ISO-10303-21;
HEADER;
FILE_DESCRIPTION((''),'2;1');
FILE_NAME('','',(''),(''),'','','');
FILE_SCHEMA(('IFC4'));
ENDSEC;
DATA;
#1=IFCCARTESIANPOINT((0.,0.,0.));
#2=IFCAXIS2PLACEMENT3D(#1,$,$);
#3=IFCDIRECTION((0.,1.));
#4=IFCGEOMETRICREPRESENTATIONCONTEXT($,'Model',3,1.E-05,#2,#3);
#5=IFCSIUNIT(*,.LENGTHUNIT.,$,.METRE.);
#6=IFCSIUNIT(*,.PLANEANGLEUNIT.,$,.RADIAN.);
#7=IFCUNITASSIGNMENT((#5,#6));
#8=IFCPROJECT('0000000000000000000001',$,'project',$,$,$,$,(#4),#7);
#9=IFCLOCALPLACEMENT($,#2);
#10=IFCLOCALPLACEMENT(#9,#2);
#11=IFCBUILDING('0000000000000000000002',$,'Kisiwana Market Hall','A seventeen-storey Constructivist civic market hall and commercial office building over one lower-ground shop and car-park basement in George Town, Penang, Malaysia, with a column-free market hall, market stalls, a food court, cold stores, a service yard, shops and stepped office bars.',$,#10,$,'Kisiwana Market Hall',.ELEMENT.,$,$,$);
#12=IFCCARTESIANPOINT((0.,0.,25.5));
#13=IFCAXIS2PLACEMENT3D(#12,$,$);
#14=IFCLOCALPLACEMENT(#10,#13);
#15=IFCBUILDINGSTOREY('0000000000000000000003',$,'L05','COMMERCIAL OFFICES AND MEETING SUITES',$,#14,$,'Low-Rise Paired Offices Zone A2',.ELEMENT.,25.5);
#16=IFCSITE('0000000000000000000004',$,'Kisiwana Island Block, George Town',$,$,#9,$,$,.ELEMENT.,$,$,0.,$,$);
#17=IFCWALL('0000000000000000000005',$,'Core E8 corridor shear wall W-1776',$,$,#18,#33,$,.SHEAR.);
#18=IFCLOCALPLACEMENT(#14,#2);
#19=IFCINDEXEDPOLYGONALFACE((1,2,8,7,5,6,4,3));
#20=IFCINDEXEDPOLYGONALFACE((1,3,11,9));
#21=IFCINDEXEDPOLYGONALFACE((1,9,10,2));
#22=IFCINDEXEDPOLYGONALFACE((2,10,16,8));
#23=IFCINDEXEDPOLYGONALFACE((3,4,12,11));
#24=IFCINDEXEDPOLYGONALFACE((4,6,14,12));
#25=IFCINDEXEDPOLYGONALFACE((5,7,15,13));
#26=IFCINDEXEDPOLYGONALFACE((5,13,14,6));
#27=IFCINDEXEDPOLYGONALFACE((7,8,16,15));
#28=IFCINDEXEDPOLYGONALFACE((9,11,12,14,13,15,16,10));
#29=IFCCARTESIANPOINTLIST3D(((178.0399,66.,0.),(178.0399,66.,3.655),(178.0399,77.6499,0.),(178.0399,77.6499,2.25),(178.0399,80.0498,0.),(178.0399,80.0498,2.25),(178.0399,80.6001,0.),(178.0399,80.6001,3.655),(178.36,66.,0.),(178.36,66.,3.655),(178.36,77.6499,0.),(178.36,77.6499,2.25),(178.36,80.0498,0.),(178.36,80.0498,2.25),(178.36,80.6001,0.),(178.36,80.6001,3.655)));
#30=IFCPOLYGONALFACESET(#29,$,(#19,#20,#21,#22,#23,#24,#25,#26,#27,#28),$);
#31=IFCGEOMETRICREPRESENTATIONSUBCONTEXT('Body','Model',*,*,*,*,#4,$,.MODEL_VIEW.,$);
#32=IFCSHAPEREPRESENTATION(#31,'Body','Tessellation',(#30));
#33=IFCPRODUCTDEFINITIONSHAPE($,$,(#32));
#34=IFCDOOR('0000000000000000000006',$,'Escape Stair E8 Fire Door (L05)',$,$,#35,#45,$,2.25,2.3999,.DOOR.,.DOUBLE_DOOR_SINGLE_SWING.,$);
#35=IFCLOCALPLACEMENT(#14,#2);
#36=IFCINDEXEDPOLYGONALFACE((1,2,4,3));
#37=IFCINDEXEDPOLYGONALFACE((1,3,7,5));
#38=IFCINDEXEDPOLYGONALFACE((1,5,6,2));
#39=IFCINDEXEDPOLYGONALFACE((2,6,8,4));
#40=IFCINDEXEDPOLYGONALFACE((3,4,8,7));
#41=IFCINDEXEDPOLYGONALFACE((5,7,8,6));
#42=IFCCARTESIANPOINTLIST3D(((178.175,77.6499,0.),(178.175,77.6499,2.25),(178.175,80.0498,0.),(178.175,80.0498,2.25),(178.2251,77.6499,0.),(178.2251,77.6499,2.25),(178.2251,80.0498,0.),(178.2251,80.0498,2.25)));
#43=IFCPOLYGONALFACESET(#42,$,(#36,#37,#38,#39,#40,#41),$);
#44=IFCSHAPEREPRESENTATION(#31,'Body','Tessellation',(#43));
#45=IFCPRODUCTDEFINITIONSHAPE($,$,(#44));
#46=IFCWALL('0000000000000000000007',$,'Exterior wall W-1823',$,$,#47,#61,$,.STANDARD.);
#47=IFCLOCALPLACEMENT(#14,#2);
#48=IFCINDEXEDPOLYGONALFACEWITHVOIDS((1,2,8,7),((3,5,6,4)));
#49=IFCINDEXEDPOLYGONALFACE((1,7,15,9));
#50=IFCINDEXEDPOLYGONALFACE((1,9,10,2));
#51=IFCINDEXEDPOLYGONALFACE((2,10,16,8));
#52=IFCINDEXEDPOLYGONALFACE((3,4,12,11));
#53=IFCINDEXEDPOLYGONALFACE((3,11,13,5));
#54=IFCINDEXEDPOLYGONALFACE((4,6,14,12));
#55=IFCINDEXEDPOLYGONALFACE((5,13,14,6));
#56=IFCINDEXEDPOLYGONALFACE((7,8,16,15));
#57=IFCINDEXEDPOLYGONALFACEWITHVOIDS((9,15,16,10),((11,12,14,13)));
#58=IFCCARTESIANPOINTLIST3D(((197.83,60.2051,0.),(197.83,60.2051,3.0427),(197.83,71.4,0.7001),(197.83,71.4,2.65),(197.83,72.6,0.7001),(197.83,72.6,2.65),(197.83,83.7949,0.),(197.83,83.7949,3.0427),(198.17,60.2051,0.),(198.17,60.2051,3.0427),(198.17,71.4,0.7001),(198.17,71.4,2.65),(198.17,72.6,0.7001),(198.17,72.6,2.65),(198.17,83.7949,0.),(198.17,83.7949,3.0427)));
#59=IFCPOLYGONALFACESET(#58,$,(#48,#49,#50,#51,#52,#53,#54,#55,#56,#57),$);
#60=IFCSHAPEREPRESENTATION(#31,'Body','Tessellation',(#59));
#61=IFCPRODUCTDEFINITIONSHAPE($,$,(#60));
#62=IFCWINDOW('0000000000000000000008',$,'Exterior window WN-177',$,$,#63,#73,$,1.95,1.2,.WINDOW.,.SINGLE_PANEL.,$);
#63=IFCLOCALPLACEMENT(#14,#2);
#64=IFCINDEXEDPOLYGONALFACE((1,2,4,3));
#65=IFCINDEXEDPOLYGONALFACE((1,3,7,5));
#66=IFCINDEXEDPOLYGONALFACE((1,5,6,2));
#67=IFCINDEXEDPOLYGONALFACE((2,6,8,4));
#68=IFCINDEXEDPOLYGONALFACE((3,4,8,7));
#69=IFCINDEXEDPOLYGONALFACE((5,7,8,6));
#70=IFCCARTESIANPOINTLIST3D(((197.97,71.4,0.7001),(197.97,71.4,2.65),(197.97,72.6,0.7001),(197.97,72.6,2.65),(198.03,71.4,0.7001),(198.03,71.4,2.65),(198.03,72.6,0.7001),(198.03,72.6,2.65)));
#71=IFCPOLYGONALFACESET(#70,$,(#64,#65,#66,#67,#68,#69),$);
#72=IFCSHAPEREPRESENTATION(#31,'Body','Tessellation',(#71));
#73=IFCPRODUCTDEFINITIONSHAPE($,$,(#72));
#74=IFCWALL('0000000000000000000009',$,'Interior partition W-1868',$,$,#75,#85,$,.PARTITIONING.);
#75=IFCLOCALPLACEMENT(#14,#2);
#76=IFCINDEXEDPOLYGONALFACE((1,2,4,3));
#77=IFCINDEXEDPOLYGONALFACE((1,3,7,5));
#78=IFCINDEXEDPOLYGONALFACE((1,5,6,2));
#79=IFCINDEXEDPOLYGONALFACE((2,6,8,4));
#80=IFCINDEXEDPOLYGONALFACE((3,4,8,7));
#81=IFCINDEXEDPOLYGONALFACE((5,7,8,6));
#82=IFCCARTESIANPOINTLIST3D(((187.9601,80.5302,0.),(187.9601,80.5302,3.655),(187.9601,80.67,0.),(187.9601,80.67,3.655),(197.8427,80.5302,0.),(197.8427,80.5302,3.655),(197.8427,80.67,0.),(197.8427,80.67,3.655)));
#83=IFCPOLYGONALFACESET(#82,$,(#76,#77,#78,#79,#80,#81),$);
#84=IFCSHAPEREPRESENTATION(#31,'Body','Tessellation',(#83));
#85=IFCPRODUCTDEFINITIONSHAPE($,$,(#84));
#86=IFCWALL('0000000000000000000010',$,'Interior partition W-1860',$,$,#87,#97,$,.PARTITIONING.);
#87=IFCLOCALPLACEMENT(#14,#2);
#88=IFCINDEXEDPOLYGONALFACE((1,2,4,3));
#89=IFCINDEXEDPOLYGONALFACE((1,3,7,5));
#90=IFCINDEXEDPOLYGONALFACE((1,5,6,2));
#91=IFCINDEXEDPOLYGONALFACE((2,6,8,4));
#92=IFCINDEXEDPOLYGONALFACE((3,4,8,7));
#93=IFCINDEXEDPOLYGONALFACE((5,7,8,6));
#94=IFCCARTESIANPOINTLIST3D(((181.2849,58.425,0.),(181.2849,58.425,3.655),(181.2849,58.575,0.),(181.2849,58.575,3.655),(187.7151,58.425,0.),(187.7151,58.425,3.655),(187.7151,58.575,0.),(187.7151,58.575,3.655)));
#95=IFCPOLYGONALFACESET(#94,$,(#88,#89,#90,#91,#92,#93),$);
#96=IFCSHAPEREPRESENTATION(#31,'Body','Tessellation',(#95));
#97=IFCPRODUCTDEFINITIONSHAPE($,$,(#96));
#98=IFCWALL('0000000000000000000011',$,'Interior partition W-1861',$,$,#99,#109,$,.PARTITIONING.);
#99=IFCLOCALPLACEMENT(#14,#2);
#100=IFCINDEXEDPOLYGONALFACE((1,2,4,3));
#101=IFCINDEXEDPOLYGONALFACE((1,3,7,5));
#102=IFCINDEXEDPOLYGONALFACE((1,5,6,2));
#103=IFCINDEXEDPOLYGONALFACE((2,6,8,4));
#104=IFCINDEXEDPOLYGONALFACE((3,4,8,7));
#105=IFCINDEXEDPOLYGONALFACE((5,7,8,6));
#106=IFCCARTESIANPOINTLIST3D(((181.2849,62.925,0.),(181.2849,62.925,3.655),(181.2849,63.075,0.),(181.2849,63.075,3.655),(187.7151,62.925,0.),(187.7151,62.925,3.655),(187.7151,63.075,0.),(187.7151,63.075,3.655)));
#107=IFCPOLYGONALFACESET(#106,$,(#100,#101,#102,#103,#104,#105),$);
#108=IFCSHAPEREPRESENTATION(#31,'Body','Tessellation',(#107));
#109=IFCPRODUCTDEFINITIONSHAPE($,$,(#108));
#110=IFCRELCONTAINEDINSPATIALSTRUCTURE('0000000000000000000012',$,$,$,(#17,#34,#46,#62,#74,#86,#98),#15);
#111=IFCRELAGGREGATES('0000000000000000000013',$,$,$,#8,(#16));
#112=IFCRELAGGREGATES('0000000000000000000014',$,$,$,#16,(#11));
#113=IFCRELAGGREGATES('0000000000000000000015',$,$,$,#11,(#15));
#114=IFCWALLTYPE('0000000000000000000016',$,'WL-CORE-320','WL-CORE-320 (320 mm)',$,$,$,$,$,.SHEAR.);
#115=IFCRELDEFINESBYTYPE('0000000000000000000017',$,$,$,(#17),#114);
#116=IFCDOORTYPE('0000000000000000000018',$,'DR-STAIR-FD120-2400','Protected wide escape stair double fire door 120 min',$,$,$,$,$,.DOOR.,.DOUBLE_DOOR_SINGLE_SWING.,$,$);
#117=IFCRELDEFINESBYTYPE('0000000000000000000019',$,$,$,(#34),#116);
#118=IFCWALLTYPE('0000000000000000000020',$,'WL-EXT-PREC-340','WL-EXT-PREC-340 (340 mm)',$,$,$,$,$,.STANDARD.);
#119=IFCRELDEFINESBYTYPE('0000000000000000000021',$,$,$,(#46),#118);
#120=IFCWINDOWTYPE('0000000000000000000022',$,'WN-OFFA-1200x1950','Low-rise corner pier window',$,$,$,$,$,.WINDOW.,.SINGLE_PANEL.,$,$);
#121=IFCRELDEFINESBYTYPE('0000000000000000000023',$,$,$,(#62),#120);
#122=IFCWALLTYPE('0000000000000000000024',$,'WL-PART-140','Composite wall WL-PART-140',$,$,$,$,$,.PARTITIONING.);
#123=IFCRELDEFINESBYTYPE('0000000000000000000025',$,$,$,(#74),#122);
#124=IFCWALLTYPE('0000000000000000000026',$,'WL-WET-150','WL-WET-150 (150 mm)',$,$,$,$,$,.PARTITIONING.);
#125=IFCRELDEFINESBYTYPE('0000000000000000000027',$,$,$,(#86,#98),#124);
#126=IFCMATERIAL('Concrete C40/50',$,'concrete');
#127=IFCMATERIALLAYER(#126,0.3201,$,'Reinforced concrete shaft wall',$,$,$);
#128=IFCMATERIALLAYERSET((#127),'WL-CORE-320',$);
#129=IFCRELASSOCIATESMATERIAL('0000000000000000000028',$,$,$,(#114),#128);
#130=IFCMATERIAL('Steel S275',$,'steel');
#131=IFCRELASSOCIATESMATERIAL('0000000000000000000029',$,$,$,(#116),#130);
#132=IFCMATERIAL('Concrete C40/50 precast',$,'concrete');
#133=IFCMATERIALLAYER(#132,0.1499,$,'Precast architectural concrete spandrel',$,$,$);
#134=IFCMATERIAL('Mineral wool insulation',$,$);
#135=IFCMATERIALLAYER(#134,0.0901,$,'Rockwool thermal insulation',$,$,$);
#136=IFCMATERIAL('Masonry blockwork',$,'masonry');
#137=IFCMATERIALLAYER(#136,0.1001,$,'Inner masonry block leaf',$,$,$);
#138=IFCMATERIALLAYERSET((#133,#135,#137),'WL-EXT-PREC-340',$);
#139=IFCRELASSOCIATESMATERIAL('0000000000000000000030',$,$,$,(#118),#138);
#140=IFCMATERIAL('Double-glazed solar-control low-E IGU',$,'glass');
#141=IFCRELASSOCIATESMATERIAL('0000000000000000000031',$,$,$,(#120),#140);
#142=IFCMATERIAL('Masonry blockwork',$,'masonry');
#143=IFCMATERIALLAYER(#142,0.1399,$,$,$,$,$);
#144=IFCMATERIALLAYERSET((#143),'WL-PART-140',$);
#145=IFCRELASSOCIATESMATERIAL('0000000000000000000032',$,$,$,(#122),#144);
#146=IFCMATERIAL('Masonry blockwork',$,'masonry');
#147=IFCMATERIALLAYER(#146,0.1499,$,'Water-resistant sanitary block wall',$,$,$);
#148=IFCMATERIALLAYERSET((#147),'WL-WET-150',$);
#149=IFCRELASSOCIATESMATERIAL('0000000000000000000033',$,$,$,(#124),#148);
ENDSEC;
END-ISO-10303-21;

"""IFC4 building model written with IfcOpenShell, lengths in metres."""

from ifc_helpers import new_model, si_unit, direction, frame, frame_2d, origin, place, context, subcontext, project, spatial, rectangle, extrude, material, layer, layer_set, type_object, element, fill, save


model = new_model("IFC4")

# Units and contexts
model_context = context("Model", 3, precision=1e-05, world=origin(), true_north=direction((0.0, 1.0)))
body_context = subcontext(model_context, "Body", "Model", "MODEL_VIEW")
ifc_project = project(units=[si_unit("LENGTHUNIT", "METRE"), si_unit("PLANEANGLEUNIT", "RADIAN")], contexts=[model_context])

# Site, building, storey
site_placement = place(None, origin())
site = spatial("IfcSite", under=ifc_project, at=site_placement, Name="Kisiwana Island Block, George Town", CompositionType="ELEMENT", RefElevation=0.0)
building_placement = place(site_placement, origin())
building = spatial("IfcBuilding", under=site, at=building_placement, Name="Kisiwana Market Hall", Description="A seventeen-storey Constructivist civic market hall and commercial office building over one lower-ground shop and car-park basement in George Town, Penang, Malaysia, with a column-free market hall, market stalls, a food court, cold stores, a service yard, shops and stepped office bars.", LongName="Kisiwana Market Hall", CompositionType="ELEMENT")
storey_placement = place(building_placement, frame((0.0, 0.0, 25.5)))
storey = spatial("IfcBuildingStorey", under=building, at=storey_placement, Name="L05", Description="COMMERCIAL OFFICES AND MEETING SUITES", LongName="Low-Rise Paired Offices Zone A2", CompositionType="ELEMENT", Elevation=25.5)

# Shared definitions
ifc_material_1 = material(Name="Concrete C40/50", Category="concrete")
ifc_layer_1 = layer(ifc_material_1, 0.3201, Name="Reinforced concrete shaft wall")
ifc_layer_set_1 = layer_set([ifc_layer_1], Name="WL-CORE-320")
wall_type_1 = type_object("IfcWallType", Name="WL-CORE-320", Description="WL-CORE-320 (320 mm)", PredefinedType="SHEAR", material=ifc_layer_set_1)

# Shared definitions
ifc_material_2 = material(Name="Steel S275", Category="steel")
door_type = type_object("IfcDoorType", Name="DR-STAIR-FD120-2400", Description="Protected wide escape stair double fire door 120 min", OperationType="DOUBLE_DOOR_SINGLE_SWING", PredefinedType="DOOR", material=ifc_material_2)

# Wall, opening, door
wall_1_placement = place(storey_placement, frame((178.2, 66.0, 0.0), z_axis=(0.0, 0.0, 1.0), x_axis=(0.0, 1.0, 0.0)))
wall_1 = element("IfcWall", 1, at=wall_1_placement, inside=storey, type_object=wall_type_1, Name="Core E8 corridor shear wall W-1776", PredefinedType="SHEAR", context=body_context, shape_type="SweptSolid", body=[
    extrude(rectangle(XDim=14.6001, YDim=0.3201, at=frame_2d((7.3, 0.0))), origin(), (0.0, 0.0, 1.0), 3.655),
])
opening_1_placement = place(wall_1_placement, frame((11.6499, 0.0, 0.0)))
opening_1 = element("IfcOpeningElement", 2, at=opening_1_placement, cuts=wall_1, PredefinedType="OPENING", context=body_context, shape_type="SweptSolid", body=[
    extrude(rectangle(XDim=2.3999, YDim=2.25, at=frame_2d((1.2, 1.125))), frame((0.0, 0.1719, 0.0), z_axis=(0.0, -1.0, 0.0), x_axis=(1.0, 0.0, 0.0)), (0.0, 0.0, 1.0), 0.344),
])
door_1_placement = place(opening_1_placement, origin())
door_1 = element("IfcDoor", 3, at=door_1_placement, inside=storey, type_object=door_type, Name="Escape Stair E8 Fire Door (L05)", OperationType="DOUBLE_DOOR_SINGLE_SWING", OverallHeight=2.25, OverallWidth=2.3999, PredefinedType="DOOR", context=body_context, shape_type="SweptSolid", body=[
    extrude(rectangle(XDim=2.3999, YDim=2.25, at=frame_2d((1.2, 1.125))), frame((0.0, 0.0249, 0.0), z_axis=(0.0, -1.0, 0.0), x_axis=(1.0, 0.0, 0.0)), (0.0, 0.0, 1.0), 0.05),
])
fill(opening_1, door_1)

# Wall, opening, window
ifc_material_3 = material(Name="Concrete C40/50 precast", Category="concrete")
ifc_layer_2 = layer(ifc_material_3, 0.1499, Name="Precast architectural concrete spandrel")
ifc_material_4 = material(Name="Mineral wool insulation")
ifc_layer_3 = layer(ifc_material_4, 0.0901, Name="Rockwool thermal insulation")
ifc_material_5 = material(Name="Masonry blockwork", Category="masonry")
ifc_layer_4 = layer(ifc_material_5, 0.1001, Name="Inner masonry block leaf")
ifc_layer_set_2 = layer_set([ifc_layer_2, ifc_layer_3, ifc_layer_4], Name="WL-EXT-PREC-340")
wall_type_2 = type_object("IfcWallType", Name="WL-EXT-PREC-340", Description="WL-EXT-PREC-340 (340 mm)", PredefinedType="STANDARD", material=ifc_layer_set_2)
wall_2_placement = place(storey_placement, frame((198.0, 60.2051, 0.0), z_axis=(0.0, 0.0, 1.0), x_axis=(0.0, 1.0, 0.0)))
wall_2 = element("IfcWall", 4, at=wall_2_placement, inside=storey, type_object=wall_type_2, Name="Exterior wall W-1823", PredefinedType="STANDARD", context=body_context, shape_type="SweptSolid", body=[
    extrude(rectangle(XDim=23.5898, YDim=0.3401, at=frame_2d((11.7949, 0.0))), origin(), (0.0, 0.0, 1.0), 3.0427),
])
opening_2_placement = place(wall_2_placement, frame((11.1948, 0.0, 0.7)))
opening_2 = element("IfcOpeningElement", 5, at=opening_2_placement, cuts=wall_2, PredefinedType="OPENING", context=body_context, shape_type="SweptSolid", body=[
    extrude(rectangle(XDim=1.2, YDim=1.95, at=frame_2d((0.6001, 0.9751))), frame((0.0, 0.1821, 0.0), z_axis=(0.0, -1.0, 0.0), x_axis=(1.0, 0.0, 0.0)), (0.0, 0.0, 1.0), 0.364),
])
ifc_material_6 = material(Name="Double-glazed solar-control low-E IGU", Category="glass")
window_type = type_object("IfcWindowType", Name="WN-OFFA-1200x1950", Description="Low-rise corner pier window", PartitioningType="SINGLE_PANEL", PredefinedType="WINDOW", material=ifc_material_6)
window_placement = place(opening_2_placement, origin())
window = element("IfcWindow", 6, at=window_placement, inside=storey, type_object=window_type, Name="Exterior window WN-177", OverallHeight=1.95, OverallWidth=1.2, PartitioningType="SINGLE_PANEL", PredefinedType="WINDOW", context=body_context, shape_type="SweptSolid", body=[
    extrude(rectangle(XDim=1.2, YDim=1.95, at=frame_2d((0.6001, 0.9751))), frame((0.0, 0.03, 0.0), z_axis=(0.0, -1.0, 0.0), x_axis=(1.0, 0.0, 0.0)), (0.0, 0.0, 1.0), 0.0601),
])
fill(opening_2, window)

# Walls
ifc_material_7 = material(Name="Masonry blockwork", Category="masonry")
ifc_layer_5 = layer(ifc_material_7, 0.1399)
ifc_layer_set_3 = layer_set([ifc_layer_5], Name="WL-PART-140")
wall_type_3 = type_object("IfcWallType", Name="WL-PART-140", Description="Composite wall WL-PART-140", PredefinedType="PARTITIONING", material=ifc_layer_set_3)
wall_3_placement = place(storey_placement, frame((187.96, 80.6001, 0.0), z_axis=(0.0, 0.0, 1.0), x_axis=(1.0, 0.0, 0.0)))
element("IfcWall", 7, at=wall_3_placement, inside=storey, type_object=wall_type_3, Name="Interior partition W-1868", PredefinedType="PARTITIONING", context=body_context, shape_type="SweptSolid", body=[
    extrude(rectangle(XDim=9.8826, YDim=0.1399, at=frame_2d((4.9414, 0.0))), origin(), (0.0, 0.0, 1.0), 3.655),
])
ifc_material_8 = material(Name="Masonry blockwork", Category="masonry")
ifc_layer_6 = layer(ifc_material_8, 0.1499, Name="Water-resistant sanitary block wall")
ifc_layer_set_4 = layer_set([ifc_layer_6], Name="WL-WET-150")
wall_type_4 = type_object("IfcWallType", Name="WL-WET-150", Description="WL-WET-150 (150 mm)", PredefinedType="PARTITIONING", material=ifc_layer_set_4)
for number, where, z_axis, x_axis, name in (
    (8, (181.2849, 58.5, 0.0), (0.0, 0.0, 1.0), (1.0, 0.0, 0.0), "Interior partition W-1860"),
    (9, (181.2849, 63.0, 0.0), (0.0, 0.0, 1.0), (1.0, 0.0, 0.0), "Interior partition W-1861"),
):
    element("IfcWall", number, at=place(storey_placement, frame(where, z_axis=z_axis, x_axis=x_axis)), inside=storey, type_object=wall_type_4, Name=name, PredefinedType="PARTITIONING", context=body_context, shape_type="SweptSolid", body=[
        extrude(rectangle(XDim=6.4302, YDim=0.1499, at=frame_2d((3.2151, 0.0))), origin(), (0.0, 0.0, 1.0), 3.655),
    ])

save(model, "model.ifc")
